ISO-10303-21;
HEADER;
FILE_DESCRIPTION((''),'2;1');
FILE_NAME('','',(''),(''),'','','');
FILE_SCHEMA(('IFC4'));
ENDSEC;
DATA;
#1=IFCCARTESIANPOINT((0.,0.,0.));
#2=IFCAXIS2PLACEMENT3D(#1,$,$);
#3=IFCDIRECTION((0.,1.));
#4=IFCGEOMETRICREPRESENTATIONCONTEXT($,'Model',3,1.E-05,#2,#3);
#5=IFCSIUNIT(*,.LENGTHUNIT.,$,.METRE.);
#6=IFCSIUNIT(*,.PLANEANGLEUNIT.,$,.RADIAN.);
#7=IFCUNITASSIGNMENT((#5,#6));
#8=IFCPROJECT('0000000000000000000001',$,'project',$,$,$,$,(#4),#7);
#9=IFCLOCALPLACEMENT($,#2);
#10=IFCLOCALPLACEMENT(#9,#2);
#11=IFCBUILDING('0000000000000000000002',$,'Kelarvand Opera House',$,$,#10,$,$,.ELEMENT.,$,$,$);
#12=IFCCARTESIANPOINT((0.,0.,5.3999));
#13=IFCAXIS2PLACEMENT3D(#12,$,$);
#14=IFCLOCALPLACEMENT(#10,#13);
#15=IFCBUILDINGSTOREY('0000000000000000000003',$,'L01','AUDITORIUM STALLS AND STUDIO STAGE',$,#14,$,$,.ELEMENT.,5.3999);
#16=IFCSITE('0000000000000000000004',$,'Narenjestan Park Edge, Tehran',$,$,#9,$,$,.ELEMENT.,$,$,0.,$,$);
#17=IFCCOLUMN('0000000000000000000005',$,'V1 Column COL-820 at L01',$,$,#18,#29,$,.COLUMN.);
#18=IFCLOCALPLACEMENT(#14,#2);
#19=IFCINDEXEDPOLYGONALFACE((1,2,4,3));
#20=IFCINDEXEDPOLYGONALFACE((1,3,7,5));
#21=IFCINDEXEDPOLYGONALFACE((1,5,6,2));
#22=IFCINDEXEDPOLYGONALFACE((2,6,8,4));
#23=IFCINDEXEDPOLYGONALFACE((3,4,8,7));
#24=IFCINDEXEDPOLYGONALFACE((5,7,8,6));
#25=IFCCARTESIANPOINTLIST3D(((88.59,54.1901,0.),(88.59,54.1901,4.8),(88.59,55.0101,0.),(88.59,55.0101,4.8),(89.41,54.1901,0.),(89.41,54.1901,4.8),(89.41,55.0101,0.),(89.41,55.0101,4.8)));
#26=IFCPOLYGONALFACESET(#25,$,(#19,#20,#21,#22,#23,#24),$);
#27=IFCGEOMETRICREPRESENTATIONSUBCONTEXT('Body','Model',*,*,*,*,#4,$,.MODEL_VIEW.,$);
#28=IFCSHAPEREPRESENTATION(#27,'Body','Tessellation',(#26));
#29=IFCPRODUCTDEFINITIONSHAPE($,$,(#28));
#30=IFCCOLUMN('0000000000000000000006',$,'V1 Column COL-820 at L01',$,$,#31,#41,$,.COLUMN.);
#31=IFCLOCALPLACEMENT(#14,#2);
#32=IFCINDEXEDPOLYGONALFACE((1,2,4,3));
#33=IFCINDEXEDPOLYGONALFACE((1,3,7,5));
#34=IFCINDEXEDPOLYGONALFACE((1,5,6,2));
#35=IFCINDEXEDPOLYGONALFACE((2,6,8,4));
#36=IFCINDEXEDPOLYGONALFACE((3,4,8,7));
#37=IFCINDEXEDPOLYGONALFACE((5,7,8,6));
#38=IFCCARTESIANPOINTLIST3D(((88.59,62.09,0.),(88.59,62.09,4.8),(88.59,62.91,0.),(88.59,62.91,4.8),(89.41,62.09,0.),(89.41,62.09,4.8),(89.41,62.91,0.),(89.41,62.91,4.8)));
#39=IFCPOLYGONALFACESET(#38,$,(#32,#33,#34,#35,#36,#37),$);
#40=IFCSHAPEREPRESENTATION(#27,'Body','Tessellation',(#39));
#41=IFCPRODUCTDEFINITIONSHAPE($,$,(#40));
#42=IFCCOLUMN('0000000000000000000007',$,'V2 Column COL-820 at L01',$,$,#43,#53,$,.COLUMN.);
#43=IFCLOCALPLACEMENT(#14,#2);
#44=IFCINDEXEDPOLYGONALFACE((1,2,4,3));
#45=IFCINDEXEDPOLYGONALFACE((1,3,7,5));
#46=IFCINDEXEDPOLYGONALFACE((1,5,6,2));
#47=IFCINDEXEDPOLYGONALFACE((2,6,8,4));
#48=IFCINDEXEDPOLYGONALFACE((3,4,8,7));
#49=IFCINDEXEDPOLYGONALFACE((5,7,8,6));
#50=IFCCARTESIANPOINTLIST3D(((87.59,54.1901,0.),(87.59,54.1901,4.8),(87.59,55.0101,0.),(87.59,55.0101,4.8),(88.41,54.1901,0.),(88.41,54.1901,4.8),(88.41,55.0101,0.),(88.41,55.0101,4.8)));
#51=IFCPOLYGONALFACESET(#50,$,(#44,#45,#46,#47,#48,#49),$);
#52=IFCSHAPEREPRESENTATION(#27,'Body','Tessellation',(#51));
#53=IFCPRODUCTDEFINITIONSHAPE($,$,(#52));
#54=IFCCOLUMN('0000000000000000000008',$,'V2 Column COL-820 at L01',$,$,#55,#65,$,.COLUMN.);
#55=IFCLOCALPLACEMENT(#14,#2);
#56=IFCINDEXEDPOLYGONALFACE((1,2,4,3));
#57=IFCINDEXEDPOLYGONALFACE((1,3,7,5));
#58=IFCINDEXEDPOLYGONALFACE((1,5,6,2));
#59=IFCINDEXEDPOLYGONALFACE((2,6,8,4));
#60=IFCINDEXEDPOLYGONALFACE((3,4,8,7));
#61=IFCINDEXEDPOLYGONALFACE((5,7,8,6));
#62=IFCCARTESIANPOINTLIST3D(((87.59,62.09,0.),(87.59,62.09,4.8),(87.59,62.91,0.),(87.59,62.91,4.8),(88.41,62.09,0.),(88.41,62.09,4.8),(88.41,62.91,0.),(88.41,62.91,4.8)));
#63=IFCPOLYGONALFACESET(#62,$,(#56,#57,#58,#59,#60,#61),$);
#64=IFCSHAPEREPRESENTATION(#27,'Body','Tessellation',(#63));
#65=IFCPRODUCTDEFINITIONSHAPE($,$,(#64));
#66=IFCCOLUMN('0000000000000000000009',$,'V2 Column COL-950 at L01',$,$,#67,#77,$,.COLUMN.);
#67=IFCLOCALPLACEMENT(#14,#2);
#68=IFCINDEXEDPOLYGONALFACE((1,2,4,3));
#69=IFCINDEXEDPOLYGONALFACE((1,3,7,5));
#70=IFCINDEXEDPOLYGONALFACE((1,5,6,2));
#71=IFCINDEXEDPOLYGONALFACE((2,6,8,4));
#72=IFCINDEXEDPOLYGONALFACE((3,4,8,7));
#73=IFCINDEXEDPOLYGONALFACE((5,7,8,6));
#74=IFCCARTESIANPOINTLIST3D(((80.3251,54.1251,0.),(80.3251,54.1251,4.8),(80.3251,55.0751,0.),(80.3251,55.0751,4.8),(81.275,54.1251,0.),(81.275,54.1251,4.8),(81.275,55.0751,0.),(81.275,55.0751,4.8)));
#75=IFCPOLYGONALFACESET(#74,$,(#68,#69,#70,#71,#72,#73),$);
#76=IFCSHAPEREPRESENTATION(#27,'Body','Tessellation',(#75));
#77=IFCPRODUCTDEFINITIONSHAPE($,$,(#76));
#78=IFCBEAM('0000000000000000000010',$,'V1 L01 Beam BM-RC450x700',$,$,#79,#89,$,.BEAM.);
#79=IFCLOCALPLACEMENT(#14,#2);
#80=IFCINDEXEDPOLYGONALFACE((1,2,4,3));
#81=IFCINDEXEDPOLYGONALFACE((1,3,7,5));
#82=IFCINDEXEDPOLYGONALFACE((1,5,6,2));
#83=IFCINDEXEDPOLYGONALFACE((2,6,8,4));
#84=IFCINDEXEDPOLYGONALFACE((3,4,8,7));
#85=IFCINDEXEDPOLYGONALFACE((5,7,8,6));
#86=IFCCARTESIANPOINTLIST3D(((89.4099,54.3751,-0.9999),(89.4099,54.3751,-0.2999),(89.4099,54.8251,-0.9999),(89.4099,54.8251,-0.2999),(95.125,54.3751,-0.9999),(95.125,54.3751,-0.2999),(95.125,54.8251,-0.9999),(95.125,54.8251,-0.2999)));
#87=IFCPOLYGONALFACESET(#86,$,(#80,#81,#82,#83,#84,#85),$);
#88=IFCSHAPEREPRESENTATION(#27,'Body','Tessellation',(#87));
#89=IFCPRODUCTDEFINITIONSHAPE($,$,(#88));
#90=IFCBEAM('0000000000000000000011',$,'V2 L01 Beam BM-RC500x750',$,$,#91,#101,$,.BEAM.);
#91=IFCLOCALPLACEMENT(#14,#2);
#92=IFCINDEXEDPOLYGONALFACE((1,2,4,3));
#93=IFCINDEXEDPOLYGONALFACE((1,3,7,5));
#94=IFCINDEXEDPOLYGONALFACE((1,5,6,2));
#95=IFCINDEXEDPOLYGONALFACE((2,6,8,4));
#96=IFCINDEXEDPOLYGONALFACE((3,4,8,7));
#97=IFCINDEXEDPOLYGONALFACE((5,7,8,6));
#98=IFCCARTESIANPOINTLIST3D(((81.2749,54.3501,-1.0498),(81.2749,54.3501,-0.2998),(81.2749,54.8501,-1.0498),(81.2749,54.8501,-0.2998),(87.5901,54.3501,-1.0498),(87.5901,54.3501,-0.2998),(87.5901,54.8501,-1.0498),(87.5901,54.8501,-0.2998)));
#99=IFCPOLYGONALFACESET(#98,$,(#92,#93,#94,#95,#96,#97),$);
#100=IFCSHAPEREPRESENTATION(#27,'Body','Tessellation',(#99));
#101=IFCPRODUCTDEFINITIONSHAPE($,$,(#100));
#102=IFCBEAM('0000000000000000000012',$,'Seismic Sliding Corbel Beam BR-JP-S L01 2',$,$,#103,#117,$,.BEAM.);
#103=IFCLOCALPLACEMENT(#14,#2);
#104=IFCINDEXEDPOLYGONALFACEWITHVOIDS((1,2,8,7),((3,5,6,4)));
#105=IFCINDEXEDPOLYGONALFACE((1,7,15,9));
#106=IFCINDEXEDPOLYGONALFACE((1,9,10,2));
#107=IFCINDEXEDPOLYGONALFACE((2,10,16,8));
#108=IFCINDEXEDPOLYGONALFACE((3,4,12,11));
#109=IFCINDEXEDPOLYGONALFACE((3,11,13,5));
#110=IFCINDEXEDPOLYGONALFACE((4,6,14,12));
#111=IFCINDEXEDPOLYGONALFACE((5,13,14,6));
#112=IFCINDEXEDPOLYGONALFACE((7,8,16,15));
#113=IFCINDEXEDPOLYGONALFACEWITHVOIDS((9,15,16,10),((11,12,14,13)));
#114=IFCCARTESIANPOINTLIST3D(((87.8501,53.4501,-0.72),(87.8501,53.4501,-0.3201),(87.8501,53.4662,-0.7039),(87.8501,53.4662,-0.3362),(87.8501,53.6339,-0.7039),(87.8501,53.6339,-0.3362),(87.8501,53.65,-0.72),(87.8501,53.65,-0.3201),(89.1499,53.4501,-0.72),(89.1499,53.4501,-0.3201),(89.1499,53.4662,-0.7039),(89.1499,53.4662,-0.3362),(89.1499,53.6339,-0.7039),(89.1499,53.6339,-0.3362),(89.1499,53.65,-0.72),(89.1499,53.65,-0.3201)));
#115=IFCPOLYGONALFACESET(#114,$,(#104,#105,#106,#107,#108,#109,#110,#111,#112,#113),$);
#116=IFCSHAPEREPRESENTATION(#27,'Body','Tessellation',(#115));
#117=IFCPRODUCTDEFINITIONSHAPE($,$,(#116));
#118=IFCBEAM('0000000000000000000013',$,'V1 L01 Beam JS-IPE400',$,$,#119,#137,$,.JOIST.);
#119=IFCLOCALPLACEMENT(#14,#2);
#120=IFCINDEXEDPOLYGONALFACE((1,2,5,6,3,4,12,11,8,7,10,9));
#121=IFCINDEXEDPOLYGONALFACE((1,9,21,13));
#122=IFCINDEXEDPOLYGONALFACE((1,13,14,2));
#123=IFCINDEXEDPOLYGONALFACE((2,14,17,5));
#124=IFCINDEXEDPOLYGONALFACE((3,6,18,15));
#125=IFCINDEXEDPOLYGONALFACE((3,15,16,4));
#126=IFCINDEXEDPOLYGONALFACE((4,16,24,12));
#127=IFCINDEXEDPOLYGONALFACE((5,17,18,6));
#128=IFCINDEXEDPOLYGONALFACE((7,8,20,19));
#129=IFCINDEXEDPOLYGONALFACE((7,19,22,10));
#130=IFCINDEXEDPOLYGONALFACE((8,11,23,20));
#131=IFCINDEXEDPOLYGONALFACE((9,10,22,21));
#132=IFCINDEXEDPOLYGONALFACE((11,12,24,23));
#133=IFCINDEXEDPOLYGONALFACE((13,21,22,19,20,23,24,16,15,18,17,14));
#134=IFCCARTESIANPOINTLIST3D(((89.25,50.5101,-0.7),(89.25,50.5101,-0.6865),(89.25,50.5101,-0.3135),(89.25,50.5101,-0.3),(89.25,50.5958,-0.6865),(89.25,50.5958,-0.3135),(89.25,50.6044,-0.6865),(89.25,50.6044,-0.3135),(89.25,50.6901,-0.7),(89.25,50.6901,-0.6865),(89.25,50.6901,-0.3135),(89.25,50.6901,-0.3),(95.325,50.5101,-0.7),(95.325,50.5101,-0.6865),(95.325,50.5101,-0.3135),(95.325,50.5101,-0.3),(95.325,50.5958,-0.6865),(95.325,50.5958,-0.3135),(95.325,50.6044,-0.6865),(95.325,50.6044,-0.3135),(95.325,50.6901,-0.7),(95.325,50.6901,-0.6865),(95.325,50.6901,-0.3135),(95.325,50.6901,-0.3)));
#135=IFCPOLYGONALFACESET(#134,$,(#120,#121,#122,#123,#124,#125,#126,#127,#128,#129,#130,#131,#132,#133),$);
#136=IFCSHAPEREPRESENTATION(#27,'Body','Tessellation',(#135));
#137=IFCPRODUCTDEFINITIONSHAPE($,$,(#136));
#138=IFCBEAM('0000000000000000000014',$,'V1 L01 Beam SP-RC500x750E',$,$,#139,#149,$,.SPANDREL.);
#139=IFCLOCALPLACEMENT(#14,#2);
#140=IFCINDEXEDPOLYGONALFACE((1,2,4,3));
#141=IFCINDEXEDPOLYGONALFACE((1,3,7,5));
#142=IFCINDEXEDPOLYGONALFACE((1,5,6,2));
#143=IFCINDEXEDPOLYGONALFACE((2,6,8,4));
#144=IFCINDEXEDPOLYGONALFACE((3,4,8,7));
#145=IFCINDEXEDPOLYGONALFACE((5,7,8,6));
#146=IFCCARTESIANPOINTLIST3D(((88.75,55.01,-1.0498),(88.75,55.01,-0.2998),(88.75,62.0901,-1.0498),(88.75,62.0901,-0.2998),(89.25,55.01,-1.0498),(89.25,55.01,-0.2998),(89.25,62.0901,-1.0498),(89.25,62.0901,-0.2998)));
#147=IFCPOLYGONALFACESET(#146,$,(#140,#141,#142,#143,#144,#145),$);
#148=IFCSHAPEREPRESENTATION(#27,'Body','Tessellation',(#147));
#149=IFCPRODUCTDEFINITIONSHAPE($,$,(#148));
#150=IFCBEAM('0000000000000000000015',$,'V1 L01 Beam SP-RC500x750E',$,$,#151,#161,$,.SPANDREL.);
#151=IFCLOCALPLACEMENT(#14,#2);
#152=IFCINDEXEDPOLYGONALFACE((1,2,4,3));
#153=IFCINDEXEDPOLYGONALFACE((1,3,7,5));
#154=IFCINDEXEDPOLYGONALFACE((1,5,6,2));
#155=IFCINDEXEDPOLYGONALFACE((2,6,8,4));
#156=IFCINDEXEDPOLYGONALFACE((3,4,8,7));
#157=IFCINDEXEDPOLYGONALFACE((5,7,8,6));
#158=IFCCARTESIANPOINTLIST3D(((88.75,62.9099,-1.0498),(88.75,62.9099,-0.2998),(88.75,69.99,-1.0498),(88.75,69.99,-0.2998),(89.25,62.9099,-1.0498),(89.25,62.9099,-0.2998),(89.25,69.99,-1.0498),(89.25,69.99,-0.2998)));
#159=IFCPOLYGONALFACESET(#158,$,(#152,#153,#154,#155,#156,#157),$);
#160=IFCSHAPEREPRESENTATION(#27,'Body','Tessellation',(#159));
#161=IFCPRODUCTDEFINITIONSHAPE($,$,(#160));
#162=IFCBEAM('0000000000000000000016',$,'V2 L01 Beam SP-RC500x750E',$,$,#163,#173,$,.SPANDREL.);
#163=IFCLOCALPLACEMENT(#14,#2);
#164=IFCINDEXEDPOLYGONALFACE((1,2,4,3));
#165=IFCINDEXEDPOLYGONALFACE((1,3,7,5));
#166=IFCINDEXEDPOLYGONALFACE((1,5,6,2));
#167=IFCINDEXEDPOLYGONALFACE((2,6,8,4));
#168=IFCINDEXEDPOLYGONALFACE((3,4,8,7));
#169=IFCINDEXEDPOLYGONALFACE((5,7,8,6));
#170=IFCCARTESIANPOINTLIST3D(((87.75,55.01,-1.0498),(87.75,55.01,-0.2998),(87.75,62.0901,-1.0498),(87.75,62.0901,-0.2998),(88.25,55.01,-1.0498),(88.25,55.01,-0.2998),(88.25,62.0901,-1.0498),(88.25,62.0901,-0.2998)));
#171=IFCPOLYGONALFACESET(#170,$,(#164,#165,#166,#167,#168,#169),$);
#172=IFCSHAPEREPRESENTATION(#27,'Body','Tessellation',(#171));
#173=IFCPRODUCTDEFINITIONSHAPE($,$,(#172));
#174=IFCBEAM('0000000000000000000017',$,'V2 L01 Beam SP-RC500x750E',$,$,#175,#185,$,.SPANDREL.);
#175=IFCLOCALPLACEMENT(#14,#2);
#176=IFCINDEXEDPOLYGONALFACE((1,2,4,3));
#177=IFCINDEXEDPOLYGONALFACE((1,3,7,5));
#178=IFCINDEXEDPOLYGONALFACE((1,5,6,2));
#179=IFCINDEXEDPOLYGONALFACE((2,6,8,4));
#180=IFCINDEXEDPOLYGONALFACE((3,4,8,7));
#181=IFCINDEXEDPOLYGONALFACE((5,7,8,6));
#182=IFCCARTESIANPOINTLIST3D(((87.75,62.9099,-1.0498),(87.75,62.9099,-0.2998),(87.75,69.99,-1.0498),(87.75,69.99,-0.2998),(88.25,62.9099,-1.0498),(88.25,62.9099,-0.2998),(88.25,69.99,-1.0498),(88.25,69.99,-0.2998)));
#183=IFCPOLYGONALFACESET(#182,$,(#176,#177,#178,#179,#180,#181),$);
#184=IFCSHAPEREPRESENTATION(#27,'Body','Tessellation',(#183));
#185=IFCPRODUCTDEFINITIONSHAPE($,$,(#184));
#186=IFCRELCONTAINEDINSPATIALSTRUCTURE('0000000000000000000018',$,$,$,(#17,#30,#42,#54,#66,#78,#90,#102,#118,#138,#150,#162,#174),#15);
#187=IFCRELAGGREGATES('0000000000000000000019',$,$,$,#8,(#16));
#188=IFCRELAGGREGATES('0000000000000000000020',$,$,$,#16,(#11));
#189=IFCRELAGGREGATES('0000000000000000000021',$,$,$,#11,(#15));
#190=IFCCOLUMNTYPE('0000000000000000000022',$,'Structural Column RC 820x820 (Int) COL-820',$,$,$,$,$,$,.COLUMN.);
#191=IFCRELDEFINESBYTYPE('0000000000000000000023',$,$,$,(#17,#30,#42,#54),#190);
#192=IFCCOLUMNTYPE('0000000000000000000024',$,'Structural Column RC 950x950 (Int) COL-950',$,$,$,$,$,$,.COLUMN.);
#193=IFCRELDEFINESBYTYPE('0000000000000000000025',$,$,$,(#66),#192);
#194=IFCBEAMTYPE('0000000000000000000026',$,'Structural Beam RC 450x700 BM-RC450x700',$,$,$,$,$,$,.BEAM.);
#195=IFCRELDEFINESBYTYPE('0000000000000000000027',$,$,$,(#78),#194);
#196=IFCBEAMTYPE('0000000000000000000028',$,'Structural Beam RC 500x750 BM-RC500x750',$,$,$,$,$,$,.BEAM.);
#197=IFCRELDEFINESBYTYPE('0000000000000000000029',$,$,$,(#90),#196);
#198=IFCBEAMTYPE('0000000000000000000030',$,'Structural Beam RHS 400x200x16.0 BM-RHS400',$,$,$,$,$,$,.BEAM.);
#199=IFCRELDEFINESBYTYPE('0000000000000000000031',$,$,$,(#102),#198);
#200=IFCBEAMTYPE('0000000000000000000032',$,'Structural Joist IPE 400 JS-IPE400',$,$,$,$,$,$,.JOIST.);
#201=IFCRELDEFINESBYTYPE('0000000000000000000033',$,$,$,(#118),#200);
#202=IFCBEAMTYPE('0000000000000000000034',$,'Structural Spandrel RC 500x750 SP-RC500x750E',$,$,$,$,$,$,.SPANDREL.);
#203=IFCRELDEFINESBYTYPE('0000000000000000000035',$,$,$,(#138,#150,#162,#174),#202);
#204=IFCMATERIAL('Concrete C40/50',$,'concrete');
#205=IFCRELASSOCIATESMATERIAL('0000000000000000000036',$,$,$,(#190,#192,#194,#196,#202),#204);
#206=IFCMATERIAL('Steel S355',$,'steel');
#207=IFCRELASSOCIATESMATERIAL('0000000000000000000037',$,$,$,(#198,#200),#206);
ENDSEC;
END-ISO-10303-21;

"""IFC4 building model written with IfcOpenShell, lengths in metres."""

from ifc_helpers import new_model, si_unit, direction, frame, origin, origin_2d, place, context, subcontext, project, spatial, rectangle, hollow_rectangle, i_section, extrude, material, material_profile, profile_set, type_object, element, save


model = new_model("IFC4")

# Units and contexts
model_context = context("Model", 3, precision=1e-05, world=origin(), true_north=direction((0.0, 1.0)))
body_context = subcontext(model_context, "Body", "Model", "MODEL_VIEW")
ifc_project = project(units=[si_unit("LENGTHUNIT", "METRE"), si_unit("PLANEANGLEUNIT", "RADIAN")], contexts=[model_context])

# Site, building, storey
site_placement = place(None, origin())
site = spatial("IfcSite", under=ifc_project, at=site_placement, Name="Narenjestan Park Edge, Tehran", CompositionType="ELEMENT", RefElevation=0.0)
building_placement = place(site_placement, origin())
building = spatial("IfcBuilding", under=site, at=building_placement, Name="Kelarvand Opera House", CompositionType="ELEMENT")
storey_placement = place(building_placement, frame((0.0, 0.0, 5.3999)))
storey = spatial("IfcBuildingStorey", under=building, at=storey_placement, Name="L01", Description="AUDITORIUM STALLS AND STUDIO STAGE", CompositionType="ELEMENT", Elevation=5.3999)

# Columns
ifc_material_1 = material(Name="Concrete C40/50", Category="concrete")
ifc_material_profile_1 = material_profile(ifc_material_1, rectangle(XDim=0.8201, YDim=0.8201, at=origin_2d()), Name="RC 820x820", Category="concrete")
ifc_profile_set_1 = profile_set([ifc_material_profile_1], Name="Concrete C40/50")
column_type_1 = type_object("IfcColumnType", Name="Structural Column RC 820x820 (Int) COL-820", PredefinedType="COLUMN", material=ifc_profile_set_1)
for number, where, z_axis, x_axis, name in (
    (1, (89.0, 54.6001, 0.0), (0.0, 0.0, 1.0), (1.0, 0.0, 0.0), "V1 Column COL-820 at L01"),
    (2, (89.0, 62.5, 0.0), (0.0, 0.0, 1.0), (1.0, 0.0, 0.0), "V1 Column COL-820 at L01"),
    (3, (88.0, 54.6001, 0.0), (0.0, 0.0, 1.0), (1.0, 0.0, 0.0), "V2 Column COL-820 at L01"),
    (4, (88.0, 62.5, 0.0), (0.0, 0.0, 1.0), (1.0, 0.0, 0.0), "V2 Column COL-820 at L01"),
):
    element("IfcColumn", number, at=place(storey_placement, frame(where, z_axis=z_axis, x_axis=x_axis)), inside=storey, type_object=column_type_1, Name=name, PredefinedType="COLUMN", context=body_context, shape_type="SweptSolid", body=[
        extrude(rectangle(XDim=0.8201, YDim=0.8201, at=origin_2d()), origin(), (0.0, 0.0, 1.0), 4.8),
    ])
ifc_material_profile_2 = material_profile(ifc_material_1, rectangle(XDim=0.95, YDim=0.95, at=origin_2d()), Name="RC 950x950", Category="concrete")
ifc_profile_set_2 = profile_set([ifc_material_profile_2], Name="Concrete C40/50")
column_type_2 = type_object("IfcColumnType", Name="Structural Column RC 950x950 (Int) COL-950", PredefinedType="COLUMN", material=ifc_profile_set_2)
column_placement = place(storey_placement, frame((80.8, 54.6001, 0.0), z_axis=(0.0, 0.0, 1.0), x_axis=(1.0, 0.0, 0.0)))
element("IfcColumn", 5, at=column_placement, inside=storey, type_object=column_type_2, Name="V2 Column COL-950 at L01", PredefinedType="COLUMN", context=body_context, shape_type="SweptSolid", body=[
    extrude(rectangle(XDim=0.95, YDim=0.95, at=origin_2d()), origin(), (0.0, 0.0, 1.0), 4.8),
])

# Beams
ifc_material_profile_3 = material_profile(ifc_material_1, rectangle(XDim=0.45, YDim=0.7, at=origin_2d()), Name="RC 450x700", Category="concrete")
ifc_profile_set_3 = profile_set([ifc_material_profile_3], Name="Concrete C40/50")
beam_type_1 = type_object("IfcBeamType", Name="Structural Beam RC 450x700 BM-RC450x700", PredefinedType="BEAM", material=ifc_profile_set_3)
beam_1_placement = place(storey_placement, frame((89.4099, 54.6001, -0.6499), z_axis=(1.0, 0.0, 0.0), x_axis=(0.0, 1.0, 0.0)))
element("IfcBeam", 6, at=beam_1_placement, inside=storey, type_object=beam_type_1, Name="V1 L01 Beam BM-RC450x700", PredefinedType="BEAM", context=body_context, shape_type="SweptSolid", body=[
    extrude(rectangle(XDim=0.45, YDim=0.7, at=origin_2d()), origin(), (0.0, 0.0, 1.0), 5.7151),
])
ifc_material_profile_4 = material_profile(ifc_material_1, rectangle(XDim=0.5, YDim=0.75, at=origin_2d()), Name="RC 500x750", Category="concrete")
ifc_profile_set_4 = profile_set([ifc_material_profile_4], Name="Concrete C40/50")
beam_type_2 = type_object("IfcBeamType", Name="Structural Beam RC 500x750 BM-RC500x750", PredefinedType="BEAM", material=ifc_profile_set_4)
beam_2_placement = place(storey_placement, frame((81.2749, 54.6001, -0.6748), z_axis=(1.0, 0.0, 0.0), x_axis=(0.0, 1.0, 0.0)))
element("IfcBeam", 7, at=beam_2_placement, inside=storey, type_object=beam_type_2, Name="V2 L01 Beam BM-RC500x750", PredefinedType="BEAM", context=body_context, shape_type="SweptSolid", body=[
    extrude(rectangle(XDim=0.5, YDim=0.75, at=origin_2d()), origin(), (0.0, 0.0, 1.0), 6.3152),
])
ifc_material_2 = material(Name="Steel S355", Category="steel")
ifc_material_profile_5 = material_profile(ifc_material_2, hollow_rectangle(XDim=0.2, YDim=0.3999, WallThickness=0.0161, at=origin_2d()), Name="RHS 400x200x16.0", Category="steel")
ifc_profile_set_5 = profile_set([ifc_material_profile_5], Name="Steel S355")
beam_type_3 = type_object("IfcBeamType", Name="Structural Beam RHS 400x200x16.0 BM-RHS400", PredefinedType="BEAM", material=ifc_profile_set_5)
beam_3_placement = place(storey_placement, frame((87.8501, 53.55, -0.52), z_axis=(1.0, 0.0, 0.0), x_axis=(0.0, 1.0, 0.0)))
element("IfcBeam", 8, at=beam_3_placement, inside=storey, type_object=beam_type_3, Name="Seismic Sliding Corbel Beam BR-JP-S L01 2", PredefinedType="BEAM", context=body_context, shape_type="SweptSolid", body=[
    extrude(hollow_rectangle(XDim=0.2, YDim=0.3999, WallThickness=0.0161, at=origin_2d()), origin(), (0.0, 0.0, 1.0), 1.2998),
])
ifc_material_profile_6 = material_profile(ifc_material_2, i_section(OverallWidth=0.1799, OverallDepth=0.3999, WebThickness=0.0085, FlangeThickness=0.0134, at=origin_2d()), Name="IPE 400", Category="steel")
ifc_profile_set_6 = profile_set([ifc_material_profile_6], Name="Steel S355")
beam_type_4 = type_object("IfcBeamType", Name="Structural Joist IPE 400 JS-IPE400", PredefinedType="JOIST", material=ifc_profile_set_6)
beam_4_placement = place(storey_placement, frame((89.25, 50.6001, -0.5), z_axis=(1.0, 0.0, 0.0), x_axis=(0.0, 1.0, 0.0)))
element("IfcBeam", 9, at=beam_4_placement, inside=storey, type_object=beam_type_4, Name="V1 L01 Beam JS-IPE400", PredefinedType="JOIST", context=body_context, shape_type="SweptSolid", body=[
    extrude(i_section(OverallWidth=0.1799, OverallDepth=0.3999, WebThickness=0.0085, FlangeThickness=0.0134, at=origin_2d()), origin(), (0.0, 0.0, 1.0), 6.075),
])
ifc_material_profile_7 = material_profile(ifc_material_1, rectangle(XDim=0.5, YDim=0.75, at=origin_2d()), Name="RC 500x750", Category="concrete")
ifc_profile_set_7 = profile_set([ifc_material_profile_7], Name="Concrete C40/50")
beam_type_5 = type_object("IfcBeamType", Name="Structural Spandrel RC 500x750 SP-RC500x750E", PredefinedType="SPANDREL", material=ifc_profile_set_7)
for number, where, z_axis, x_axis, name in (
    (10, (89.0, 55.01, -0.6748), (0.0, 1.0, 0.0), (-1.0, 0.0, 0.0), "V1 L01 Beam SP-RC500x750E"),
    (11, (89.0, 62.9099, -0.6748), (0.0, 1.0, 0.0), (-1.0, 0.0, 0.0), "V1 L01 Beam SP-RC500x750E"),
    (12, (88.0, 55.01, -0.6748), (0.0, 1.0, 0.0), (-1.0, 0.0, 0.0), "V2 L01 Beam SP-RC500x750E"),
    (13, (88.0, 62.9099, -0.6748), (0.0, 1.0, 0.0), (-1.0, 0.0, 0.0), "V2 L01 Beam SP-RC500x750E"),
):
    element("IfcBeam", number, at=place(storey_placement, frame(where, z_axis=z_axis, x_axis=x_axis)), inside=storey, type_object=beam_type_5, Name=name, PredefinedType="SPANDREL", context=body_context, shape_type="SweptSolid", body=[
        extrude(rectangle(XDim=0.5, YDim=0.75, at=origin_2d()), origin(), (0.0, 0.0, 1.0), 7.0801),
    ])

save(model, "model.ifc")
